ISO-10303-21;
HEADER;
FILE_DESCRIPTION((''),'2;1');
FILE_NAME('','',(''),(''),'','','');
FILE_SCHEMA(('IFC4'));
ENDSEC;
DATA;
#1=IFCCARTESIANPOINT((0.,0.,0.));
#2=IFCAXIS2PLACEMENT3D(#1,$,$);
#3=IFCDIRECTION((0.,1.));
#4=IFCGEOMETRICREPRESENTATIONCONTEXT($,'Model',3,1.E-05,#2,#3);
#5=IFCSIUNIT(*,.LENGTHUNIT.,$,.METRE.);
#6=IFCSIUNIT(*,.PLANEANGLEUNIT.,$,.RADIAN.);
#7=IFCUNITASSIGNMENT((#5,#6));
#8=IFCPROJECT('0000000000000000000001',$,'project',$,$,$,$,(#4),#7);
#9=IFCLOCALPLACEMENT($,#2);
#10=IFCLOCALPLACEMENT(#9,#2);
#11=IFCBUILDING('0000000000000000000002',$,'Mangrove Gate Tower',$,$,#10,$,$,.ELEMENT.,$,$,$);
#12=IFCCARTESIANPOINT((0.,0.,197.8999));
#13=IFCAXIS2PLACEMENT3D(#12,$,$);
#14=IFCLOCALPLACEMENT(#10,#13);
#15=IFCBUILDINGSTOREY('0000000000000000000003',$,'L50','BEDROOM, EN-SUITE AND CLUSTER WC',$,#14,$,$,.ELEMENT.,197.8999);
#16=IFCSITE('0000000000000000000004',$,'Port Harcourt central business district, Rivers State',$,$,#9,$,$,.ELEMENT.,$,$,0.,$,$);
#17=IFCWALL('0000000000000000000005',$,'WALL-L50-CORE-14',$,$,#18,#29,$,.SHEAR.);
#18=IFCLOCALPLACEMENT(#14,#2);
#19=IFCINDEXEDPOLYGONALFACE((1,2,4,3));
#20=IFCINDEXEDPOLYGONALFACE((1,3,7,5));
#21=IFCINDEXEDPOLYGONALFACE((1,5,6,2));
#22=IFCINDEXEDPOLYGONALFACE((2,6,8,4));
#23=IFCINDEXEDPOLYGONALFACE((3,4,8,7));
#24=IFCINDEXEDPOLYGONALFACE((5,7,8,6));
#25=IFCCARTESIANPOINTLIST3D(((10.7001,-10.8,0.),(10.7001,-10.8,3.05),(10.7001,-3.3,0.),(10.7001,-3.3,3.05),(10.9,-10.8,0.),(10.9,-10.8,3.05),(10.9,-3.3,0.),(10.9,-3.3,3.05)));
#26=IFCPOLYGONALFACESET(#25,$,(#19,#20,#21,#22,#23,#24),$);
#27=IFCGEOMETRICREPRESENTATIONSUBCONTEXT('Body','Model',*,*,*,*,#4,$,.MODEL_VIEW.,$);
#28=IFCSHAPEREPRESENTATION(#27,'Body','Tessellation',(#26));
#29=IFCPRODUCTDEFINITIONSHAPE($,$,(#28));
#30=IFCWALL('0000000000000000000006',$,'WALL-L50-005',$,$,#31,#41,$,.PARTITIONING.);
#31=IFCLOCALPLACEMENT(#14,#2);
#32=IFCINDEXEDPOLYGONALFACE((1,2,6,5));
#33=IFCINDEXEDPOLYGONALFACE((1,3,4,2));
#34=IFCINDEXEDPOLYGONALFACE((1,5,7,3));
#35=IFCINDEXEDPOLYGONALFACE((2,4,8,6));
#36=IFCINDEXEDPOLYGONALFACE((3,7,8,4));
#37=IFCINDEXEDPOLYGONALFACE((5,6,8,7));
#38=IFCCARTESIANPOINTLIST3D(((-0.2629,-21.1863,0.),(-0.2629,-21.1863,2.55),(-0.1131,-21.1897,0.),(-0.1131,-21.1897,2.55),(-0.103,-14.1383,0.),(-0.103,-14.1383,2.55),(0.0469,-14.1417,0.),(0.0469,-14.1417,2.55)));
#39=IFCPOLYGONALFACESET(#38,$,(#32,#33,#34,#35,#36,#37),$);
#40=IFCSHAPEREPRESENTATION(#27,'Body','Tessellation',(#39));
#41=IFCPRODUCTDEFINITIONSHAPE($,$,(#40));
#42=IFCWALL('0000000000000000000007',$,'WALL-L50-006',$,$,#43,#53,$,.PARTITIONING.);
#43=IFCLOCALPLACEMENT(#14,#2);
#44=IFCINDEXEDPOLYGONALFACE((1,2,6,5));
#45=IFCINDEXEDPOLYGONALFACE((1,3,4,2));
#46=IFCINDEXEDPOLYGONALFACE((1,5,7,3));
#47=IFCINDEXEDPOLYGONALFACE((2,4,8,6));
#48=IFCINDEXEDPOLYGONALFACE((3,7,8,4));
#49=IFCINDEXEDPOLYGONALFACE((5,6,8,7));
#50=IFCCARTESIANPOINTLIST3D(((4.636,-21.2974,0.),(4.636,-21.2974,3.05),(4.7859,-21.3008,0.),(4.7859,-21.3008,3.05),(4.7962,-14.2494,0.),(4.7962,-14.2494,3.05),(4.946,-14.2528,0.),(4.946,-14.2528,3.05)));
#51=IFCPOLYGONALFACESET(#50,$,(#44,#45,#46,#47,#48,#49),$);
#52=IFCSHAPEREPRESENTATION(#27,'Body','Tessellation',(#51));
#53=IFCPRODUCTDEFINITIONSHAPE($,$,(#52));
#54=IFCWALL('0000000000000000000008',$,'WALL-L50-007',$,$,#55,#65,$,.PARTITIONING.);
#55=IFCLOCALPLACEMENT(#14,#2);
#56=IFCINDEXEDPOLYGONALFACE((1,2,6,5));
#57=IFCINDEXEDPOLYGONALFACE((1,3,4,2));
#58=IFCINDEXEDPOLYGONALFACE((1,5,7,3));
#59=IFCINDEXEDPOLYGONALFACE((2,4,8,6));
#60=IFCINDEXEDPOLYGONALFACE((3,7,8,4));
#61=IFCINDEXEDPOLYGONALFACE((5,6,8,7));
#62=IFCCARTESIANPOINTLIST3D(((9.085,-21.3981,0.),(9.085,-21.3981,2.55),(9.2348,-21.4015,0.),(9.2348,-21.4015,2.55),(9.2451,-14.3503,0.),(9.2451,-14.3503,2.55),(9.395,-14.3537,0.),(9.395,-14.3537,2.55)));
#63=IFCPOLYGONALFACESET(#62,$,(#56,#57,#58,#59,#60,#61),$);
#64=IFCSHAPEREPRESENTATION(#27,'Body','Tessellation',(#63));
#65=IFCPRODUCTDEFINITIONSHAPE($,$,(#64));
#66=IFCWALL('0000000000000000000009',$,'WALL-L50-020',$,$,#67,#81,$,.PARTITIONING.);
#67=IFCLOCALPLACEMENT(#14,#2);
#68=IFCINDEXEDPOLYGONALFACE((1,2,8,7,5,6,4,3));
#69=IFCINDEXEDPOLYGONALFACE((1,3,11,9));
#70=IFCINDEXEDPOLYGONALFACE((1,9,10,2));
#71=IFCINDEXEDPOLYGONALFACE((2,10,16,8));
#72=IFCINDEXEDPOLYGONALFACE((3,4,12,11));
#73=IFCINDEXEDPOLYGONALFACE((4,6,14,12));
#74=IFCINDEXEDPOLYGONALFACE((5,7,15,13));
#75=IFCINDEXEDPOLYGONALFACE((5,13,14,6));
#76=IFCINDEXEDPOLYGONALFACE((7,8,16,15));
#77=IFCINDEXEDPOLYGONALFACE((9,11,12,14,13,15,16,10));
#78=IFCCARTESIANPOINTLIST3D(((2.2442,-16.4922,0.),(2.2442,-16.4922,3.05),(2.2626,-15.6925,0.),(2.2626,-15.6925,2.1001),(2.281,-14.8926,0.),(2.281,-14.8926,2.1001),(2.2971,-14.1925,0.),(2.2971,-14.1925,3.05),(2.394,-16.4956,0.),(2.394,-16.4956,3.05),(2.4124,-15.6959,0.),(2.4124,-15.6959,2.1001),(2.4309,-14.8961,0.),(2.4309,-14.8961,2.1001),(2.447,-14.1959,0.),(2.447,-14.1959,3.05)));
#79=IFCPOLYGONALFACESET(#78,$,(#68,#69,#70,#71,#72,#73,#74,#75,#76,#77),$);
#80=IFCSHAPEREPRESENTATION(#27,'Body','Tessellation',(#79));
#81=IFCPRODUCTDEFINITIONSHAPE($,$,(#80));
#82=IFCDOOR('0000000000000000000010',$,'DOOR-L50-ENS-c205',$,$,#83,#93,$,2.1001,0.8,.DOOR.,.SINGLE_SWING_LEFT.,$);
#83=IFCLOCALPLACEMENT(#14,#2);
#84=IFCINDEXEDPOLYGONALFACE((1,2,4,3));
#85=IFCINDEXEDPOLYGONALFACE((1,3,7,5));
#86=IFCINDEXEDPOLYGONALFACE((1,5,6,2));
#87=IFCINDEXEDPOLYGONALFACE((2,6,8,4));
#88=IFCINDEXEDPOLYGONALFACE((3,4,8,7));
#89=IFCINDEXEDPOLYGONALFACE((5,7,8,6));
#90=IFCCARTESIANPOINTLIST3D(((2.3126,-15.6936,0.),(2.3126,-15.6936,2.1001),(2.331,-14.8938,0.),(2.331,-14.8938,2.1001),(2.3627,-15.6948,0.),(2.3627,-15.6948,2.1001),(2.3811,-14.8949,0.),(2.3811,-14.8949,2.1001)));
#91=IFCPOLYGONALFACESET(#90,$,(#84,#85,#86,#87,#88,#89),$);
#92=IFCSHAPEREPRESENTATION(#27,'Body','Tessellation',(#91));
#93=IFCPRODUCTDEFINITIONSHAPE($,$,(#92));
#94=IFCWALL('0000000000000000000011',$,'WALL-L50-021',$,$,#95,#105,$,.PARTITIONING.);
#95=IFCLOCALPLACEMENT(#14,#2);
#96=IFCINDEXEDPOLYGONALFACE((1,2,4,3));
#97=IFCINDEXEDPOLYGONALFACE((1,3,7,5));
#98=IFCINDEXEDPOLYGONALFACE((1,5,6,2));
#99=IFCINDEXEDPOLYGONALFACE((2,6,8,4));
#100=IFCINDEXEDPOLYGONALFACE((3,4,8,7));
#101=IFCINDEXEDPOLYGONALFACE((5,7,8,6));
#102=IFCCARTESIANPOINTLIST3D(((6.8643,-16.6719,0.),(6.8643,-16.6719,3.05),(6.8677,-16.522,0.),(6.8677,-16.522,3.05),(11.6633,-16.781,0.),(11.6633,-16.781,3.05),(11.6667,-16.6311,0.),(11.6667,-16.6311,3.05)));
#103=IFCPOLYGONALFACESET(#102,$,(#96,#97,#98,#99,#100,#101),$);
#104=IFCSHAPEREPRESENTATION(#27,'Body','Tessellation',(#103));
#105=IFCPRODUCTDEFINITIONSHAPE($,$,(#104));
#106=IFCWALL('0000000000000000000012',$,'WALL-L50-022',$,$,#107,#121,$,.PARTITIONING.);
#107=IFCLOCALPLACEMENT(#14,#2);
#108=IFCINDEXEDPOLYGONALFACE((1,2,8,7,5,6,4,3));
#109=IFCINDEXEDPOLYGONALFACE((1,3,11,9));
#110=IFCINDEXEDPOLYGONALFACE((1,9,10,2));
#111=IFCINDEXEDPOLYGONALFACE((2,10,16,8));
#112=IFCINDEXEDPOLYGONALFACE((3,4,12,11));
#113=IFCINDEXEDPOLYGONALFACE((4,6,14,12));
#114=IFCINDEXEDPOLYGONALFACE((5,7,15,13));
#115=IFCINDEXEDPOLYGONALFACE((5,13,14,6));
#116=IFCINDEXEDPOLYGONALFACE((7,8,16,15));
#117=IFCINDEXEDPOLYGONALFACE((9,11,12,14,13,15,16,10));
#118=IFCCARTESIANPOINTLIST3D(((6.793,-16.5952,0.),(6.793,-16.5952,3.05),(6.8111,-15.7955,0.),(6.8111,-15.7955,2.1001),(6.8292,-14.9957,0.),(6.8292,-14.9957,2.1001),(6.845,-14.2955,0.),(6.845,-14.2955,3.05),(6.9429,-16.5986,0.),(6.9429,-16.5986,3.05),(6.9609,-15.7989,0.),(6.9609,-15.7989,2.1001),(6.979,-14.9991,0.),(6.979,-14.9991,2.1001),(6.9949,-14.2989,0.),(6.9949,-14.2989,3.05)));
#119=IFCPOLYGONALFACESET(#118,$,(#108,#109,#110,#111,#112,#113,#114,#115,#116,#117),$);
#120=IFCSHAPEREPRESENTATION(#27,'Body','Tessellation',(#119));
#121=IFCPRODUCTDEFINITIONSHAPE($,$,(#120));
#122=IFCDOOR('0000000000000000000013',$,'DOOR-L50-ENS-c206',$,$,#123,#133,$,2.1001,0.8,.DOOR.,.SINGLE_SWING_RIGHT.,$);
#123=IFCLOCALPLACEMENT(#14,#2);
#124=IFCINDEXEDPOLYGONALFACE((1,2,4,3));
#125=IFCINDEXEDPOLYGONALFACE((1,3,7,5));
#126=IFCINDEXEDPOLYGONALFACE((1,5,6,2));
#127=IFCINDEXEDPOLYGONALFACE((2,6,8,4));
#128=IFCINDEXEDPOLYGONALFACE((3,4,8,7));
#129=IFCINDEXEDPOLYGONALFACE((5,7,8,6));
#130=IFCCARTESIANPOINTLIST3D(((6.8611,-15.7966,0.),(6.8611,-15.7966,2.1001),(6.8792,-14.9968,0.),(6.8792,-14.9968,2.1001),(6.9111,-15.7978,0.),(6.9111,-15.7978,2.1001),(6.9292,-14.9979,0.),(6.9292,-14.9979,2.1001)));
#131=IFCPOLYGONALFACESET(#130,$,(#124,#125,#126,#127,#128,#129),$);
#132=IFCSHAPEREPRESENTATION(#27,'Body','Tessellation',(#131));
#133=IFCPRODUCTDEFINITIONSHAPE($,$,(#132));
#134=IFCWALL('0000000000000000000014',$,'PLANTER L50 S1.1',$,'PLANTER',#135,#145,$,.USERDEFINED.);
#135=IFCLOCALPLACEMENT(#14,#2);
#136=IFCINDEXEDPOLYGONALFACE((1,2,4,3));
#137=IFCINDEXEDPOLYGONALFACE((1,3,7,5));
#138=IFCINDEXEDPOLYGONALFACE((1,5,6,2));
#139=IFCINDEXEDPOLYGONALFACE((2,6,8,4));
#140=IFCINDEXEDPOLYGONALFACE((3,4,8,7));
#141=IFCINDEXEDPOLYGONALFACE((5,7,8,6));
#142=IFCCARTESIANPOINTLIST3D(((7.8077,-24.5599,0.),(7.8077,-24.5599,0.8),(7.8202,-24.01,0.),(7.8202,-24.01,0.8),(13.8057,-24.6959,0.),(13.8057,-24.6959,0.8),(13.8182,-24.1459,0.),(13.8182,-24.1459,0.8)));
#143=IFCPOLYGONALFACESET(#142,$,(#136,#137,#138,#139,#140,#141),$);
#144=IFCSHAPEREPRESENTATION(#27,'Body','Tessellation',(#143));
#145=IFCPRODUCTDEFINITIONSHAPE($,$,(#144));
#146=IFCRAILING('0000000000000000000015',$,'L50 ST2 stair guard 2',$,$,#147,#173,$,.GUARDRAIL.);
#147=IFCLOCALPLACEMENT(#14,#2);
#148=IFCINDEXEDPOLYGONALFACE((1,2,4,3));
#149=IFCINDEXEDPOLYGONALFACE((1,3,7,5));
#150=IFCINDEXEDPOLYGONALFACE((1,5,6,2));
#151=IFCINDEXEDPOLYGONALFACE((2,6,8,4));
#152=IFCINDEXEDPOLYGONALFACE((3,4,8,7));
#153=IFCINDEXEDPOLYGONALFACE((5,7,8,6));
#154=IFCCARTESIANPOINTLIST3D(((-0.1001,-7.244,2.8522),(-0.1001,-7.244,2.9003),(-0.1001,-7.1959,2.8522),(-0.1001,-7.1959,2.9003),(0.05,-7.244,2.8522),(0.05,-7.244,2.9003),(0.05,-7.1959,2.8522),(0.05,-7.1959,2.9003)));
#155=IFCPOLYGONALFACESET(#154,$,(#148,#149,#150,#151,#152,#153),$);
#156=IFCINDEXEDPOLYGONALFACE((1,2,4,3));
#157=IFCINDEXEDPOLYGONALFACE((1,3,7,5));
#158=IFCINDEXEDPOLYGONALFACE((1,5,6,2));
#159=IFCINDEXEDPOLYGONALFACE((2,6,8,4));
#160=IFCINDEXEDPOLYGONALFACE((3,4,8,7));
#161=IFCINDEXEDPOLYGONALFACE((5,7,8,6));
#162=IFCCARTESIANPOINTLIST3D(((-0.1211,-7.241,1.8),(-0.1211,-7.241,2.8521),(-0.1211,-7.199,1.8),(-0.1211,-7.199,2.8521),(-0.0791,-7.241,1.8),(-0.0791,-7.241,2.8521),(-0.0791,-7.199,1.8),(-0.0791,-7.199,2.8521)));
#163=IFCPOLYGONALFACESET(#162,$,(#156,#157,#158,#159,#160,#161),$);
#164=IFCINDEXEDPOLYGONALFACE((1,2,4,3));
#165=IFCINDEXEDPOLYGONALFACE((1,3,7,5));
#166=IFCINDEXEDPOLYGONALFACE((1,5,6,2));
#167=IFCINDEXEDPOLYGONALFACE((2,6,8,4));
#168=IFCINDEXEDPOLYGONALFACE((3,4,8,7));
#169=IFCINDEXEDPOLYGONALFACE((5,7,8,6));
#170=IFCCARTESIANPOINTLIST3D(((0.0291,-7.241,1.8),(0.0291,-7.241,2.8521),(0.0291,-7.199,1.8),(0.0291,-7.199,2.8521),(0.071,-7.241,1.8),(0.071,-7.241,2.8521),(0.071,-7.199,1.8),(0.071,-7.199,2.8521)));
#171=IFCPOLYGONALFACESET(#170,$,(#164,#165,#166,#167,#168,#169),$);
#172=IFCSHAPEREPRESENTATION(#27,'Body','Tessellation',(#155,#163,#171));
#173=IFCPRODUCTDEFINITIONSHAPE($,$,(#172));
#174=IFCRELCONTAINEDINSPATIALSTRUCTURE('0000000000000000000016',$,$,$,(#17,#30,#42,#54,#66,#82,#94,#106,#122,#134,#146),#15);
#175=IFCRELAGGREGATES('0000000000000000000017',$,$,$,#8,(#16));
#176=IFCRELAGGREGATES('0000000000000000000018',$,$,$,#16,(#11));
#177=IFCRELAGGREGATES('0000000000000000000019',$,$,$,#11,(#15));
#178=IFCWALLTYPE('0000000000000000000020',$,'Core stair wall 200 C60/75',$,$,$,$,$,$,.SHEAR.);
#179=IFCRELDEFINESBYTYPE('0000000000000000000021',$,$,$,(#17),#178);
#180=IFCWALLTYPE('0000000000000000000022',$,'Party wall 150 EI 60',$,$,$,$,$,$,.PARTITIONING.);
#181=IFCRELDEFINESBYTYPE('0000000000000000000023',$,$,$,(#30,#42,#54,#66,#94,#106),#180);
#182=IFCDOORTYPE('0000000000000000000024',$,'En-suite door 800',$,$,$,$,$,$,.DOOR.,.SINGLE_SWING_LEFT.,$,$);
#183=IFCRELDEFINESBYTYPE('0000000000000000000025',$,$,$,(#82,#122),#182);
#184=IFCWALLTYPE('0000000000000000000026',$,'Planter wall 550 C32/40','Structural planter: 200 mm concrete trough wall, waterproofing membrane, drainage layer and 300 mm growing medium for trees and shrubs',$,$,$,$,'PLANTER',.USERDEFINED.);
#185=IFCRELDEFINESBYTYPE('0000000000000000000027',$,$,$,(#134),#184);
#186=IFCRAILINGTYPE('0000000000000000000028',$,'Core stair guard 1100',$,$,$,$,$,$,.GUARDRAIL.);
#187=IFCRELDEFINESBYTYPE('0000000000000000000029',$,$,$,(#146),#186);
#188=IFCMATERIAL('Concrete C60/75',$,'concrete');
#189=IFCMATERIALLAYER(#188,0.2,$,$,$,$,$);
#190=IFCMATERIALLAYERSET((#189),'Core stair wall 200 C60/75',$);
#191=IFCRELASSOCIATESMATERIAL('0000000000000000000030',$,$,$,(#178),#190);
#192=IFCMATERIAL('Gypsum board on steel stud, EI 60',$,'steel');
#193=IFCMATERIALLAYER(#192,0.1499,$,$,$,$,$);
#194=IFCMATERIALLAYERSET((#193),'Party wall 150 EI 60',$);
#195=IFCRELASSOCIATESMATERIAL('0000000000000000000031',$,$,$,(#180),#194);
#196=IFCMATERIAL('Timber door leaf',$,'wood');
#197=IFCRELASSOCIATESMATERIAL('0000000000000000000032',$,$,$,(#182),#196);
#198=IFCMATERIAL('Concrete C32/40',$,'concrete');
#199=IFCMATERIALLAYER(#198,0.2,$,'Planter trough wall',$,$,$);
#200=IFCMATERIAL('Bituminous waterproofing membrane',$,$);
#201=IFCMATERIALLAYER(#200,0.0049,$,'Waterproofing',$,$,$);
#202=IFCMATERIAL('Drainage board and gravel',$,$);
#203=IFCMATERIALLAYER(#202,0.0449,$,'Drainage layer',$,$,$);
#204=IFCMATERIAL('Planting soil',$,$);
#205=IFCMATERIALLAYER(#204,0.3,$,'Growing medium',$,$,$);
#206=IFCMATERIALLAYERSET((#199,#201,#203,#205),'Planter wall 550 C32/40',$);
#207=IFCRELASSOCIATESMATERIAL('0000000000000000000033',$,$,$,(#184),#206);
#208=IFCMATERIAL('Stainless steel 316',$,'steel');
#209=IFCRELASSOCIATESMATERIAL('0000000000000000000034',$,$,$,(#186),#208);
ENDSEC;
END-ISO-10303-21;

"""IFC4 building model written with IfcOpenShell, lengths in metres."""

from ifc_helpers import new_model, si_unit, direction, frame, frame_2d, origin, origin_2d, place, context, subcontext, project, spatial, rectangle, extrude, material, layer, layer_set, type_object, element, fill, save


model = new_model("IFC4")

# Units and contexts
model_context = context("Model", 3, precision=1e-05, world=origin(), true_north=direction((0.0, 1.0)))
body_context = subcontext(model_context, "Body", "Model", "MODEL_VIEW")
ifc_project = project(units=[si_unit("LENGTHUNIT", "METRE"), si_unit("PLANEANGLEUNIT", "RADIAN")], contexts=[model_context])

# Site, building, storey
site_placement = place(None, origin())
site = spatial("IfcSite", under=ifc_project, at=site_placement, Name="Port Harcourt central business district, Rivers State", CompositionType="ELEMENT", RefElevation=0.0)
building_placement = place(site_placement, origin())
building = spatial("IfcBuilding", under=site, at=building_placement, Name="Mangrove Gate Tower", CompositionType="ELEMENT")
storey_placement = place(building_placement, frame((0.0, 0.0, 197.8999)))
storey = spatial("IfcBuildingStorey", under=building, at=storey_placement, Name="L50", Description="BEDROOM, EN-SUITE AND CLUSTER WC", CompositionType="ELEMENT", Elevation=197.8999)

# Shared definitions
ifc_material_1 = material(Name="Concrete C60/75", Category="concrete")
ifc_layer_1 = layer(ifc_material_1, 0.2)
ifc_layer_set_1 = layer_set([ifc_layer_1], Name="Core stair wall 200 C60/75")
wall_type_1 = type_object("IfcWallType", Name="Core stair wall 200 C60/75", PredefinedType="SHEAR", material=ifc_layer_set_1)

# Walls
wall_1_placement = place(storey_placement, frame((10.8, -10.8, 0.0), z_axis=(0.0, 0.0, 1.0), x_axis=(0.0, 1.0, 0.0)))
element("IfcWall", 1, at=wall_1_placement, inside=storey, type_object=wall_type_1, Name="WALL-L50-CORE-14", PredefinedType="SHEAR", context=body_context, shape_type="SweptSolid", body=[
    extrude(rectangle(XDim=7.5, YDim=0.2, at=frame_2d((3.75, 0.0))), origin(), (0.0, 0.0, 1.0), 3.05),
])
ifc_material_2 = material(Name="Gypsum board on steel stud, EI 60", Category="steel")
ifc_layer_2 = layer(ifc_material_2, 0.1499)
ifc_layer_set_2 = layer_set([ifc_layer_2], Name="Party wall 150 EI 60")
wall_type_2 = type_object("IfcWallType", Name="Party wall 150 EI 60", PredefinedType="PARTITIONING", material=ifc_layer_set_2)
wall_2_placement = place(storey_placement, frame((-0.188, -21.188, 0.0), z_axis=(0.0, 0.0, 1.0), x_axis=(0.022683, 0.999743, 0.0)))
element("IfcWall", 2, at=wall_2_placement, inside=storey, type_object=wall_type_2, Name="WALL-L50-005", PredefinedType="PARTITIONING", context=body_context, shape_type="SweptSolid", body=[
    extrude(rectangle(XDim=7.0498, YDim=0.1499, at=frame_2d((3.5249, 0.0))), origin(), (0.0, 0.0, 1.0), 2.55),
])
wall_3_placement = place(storey_placement, frame((4.7109, -21.2991, 0.0), z_axis=(0.0, 0.0, 1.0), x_axis=(0.022717, 0.999742, 0.0)))
element("IfcWall", 3, at=wall_3_placement, inside=storey, type_object=wall_type_2, Name="WALL-L50-006", PredefinedType="PARTITIONING", context=body_context, shape_type="SweptSolid", body=[
    extrude(rectangle(XDim=7.0498, YDim=0.1499, at=frame_2d((3.5249, 0.0))), origin(), (0.0, 0.0, 1.0), 3.05),
])
wall_4_placement = place(storey_placement, frame((9.1599, -21.3999, 0.0), z_axis=(0.0, 0.0, 1.0), x_axis=(0.022718, 0.999742, 0.0)))
element("IfcWall", 4, at=wall_4_placement, inside=storey, type_object=wall_type_2, Name="WALL-L50-007", PredefinedType="PARTITIONING", context=body_context, shape_type="SweptSolid", body=[
    extrude(rectangle(XDim=7.0496, YDim=0.1499, at=frame_2d((3.5249, 0.0))), origin(), (0.0, 0.0, 1.0), 2.55),
])

# Wall, opening, door
wall_5_placement = place(storey_placement, frame((2.3191, -16.4939, 0.0), z_axis=(0.0, 0.0, 1.0), x_axis=(0.02303, 0.999735, 0.0)))
wall_5 = element("IfcWall", 5, at=wall_5_placement, inside=storey, type_object=wall_type_2, Name="WALL-L50-020", PredefinedType="PARTITIONING", context=body_context, shape_type="SweptSolid", body=[
    extrude(rectangle(XDim=2.3003, YDim=0.1499, at=frame_2d((1.1501, 0.0))), origin(), (0.0, 0.0, 1.0), 3.05),
])
opening_1_placement = place(wall_5_placement, frame((0.8, 0.0, 0.0)))
opening_1 = element("IfcOpeningElement", 6, at=opening_1_placement, cuts=wall_5, PredefinedType="OPENING", context=body_context, shape_type="SweptSolid", body=[
    extrude(rectangle(XDim=0.8, YDim=2.1001, at=frame_2d((0.3999, 1.05))), frame((0.0, 0.085, 0.0), z_axis=(0.0, -1.0, 0.0), x_axis=(1.0, 0.0, 0.0)), (0.0, 0.0, 1.0), 0.1699),
])
ifc_material_3 = material(Name="Timber door leaf", Category="wood")
door_type_1 = type_object("IfcDoorType", Name="En-suite door 800", OperationType="SINGLE_SWING_LEFT", PredefinedType="DOOR", material=ifc_material_3)
door_1_placement = place(opening_1_placement, origin())
door_1 = element("IfcDoor", 7, at=door_1_placement, inside=storey, type_object=door_type_1, Name="DOOR-L50-ENS-c205", OperationType="SINGLE_SWING_LEFT", OverallHeight=2.1001, OverallWidth=0.8, PredefinedType="DOOR", context=body_context, shape_type="SweptSolid", body=[
    extrude(rectangle(XDim=0.8, YDim=2.1001, at=frame_2d((0.3999, 1.05))), frame((0.0, 0.0249, 0.0), z_axis=(0.0, -1.0, 0.0), x_axis=(1.0, 0.0, 0.0)), (0.0, 0.0, 1.0), 0.05),
])
fill(opening_1, door_1)

# Wall
wall_6_placement = place(storey_placement, frame((6.866, -16.5969, 0.0), z_axis=(0.0, 0.0, 1.0), x_axis=(0.999742, -0.022734, 0.0)))
element("IfcWall", 8, at=wall_6_placement, inside=storey, type_object=wall_type_2, Name="WALL-L50-021", PredefinedType="PARTITIONING", context=body_context, shape_type="SweptSolid", body=[
    extrude(rectangle(XDim=4.8003, YDim=0.1499, at=frame_2d((2.4001, 0.0))), origin(), (0.0, 0.0, 1.0), 3.05),
])

# Wall, opening, door
wall_7_placement = place(storey_placement, frame((6.8679, -16.5969, 0.0), z_axis=(0.0, 0.0, 1.0), x_axis=(0.022606, 0.999744, 0.0)))
wall_7 = element("IfcWall", 9, at=wall_7_placement, inside=storey, type_object=wall_type_2, Name="WALL-L50-022", PredefinedType="PARTITIONING", context=body_context, shape_type="SweptSolid", body=[
    extrude(rectangle(XDim=2.3003, YDim=0.1499, at=frame_2d((1.1501, 0.0))), origin(), (0.0, 0.0, 1.0), 3.05),
])
opening_2_placement = place(wall_7_placement, frame((0.8, 0.0, 0.0)))
opening_2 = element("IfcOpeningElement", 10, at=opening_2_placement, cuts=wall_7, PredefinedType="OPENING", context=body_context, shape_type="SweptSolid", body=[
    extrude(rectangle(XDim=0.8, YDim=2.1001, at=frame_2d((0.3999, 1.05))), frame((0.0, 0.085, 0.0), z_axis=(0.0, -1.0, 0.0), x_axis=(1.0, 0.0, 0.0)), (0.0, 0.0, 1.0), 0.1699),
])
door_2_placement = place(opening_2_placement, origin())
door_2 = element("IfcDoor", 11, at=door_2_placement, inside=storey, type_object=door_type_1, Name="DOOR-L50-ENS-c206", OperationType="SINGLE_SWING_RIGHT", OverallHeight=2.1001, OverallWidth=0.8, PredefinedType="DOOR", context=body_context, shape_type="SweptSolid", body=[
    extrude(rectangle(XDim=0.8, YDim=2.1001, at=frame_2d((0.3999, 1.05))), frame((0.0, 0.0249, 0.0), z_axis=(0.0, -1.0, 0.0), x_axis=(1.0, 0.0, 0.0)), (0.0, 0.0, 1.0), 0.05),
])
fill(opening_2, door_2)

# Wall
ifc_material_4 = material(Name="Concrete C32/40", Category="concrete")
ifc_layer_3 = layer(ifc_material_4, 0.2, Name="Planter trough wall")
ifc_material_5 = material(Name="Bituminous waterproofing membrane")
ifc_layer_4 = layer(ifc_material_5, 0.0049, Name="Waterproofing")
ifc_material_6 = material(Name="Drainage board and gravel")
ifc_layer_5 = layer(ifc_material_6, 0.0449, Name="Drainage layer")
ifc_material_7 = material(Name="Planting soil")
ifc_layer_6 = layer(ifc_material_7, 0.3, Name="Growing medium")
ifc_layer_set_3 = layer_set([ifc_layer_3, ifc_layer_4, ifc_layer_5, ifc_layer_6], Name="Planter wall 550 C32/40")
wall_type_3 = type_object("IfcWallType", Name="Planter wall 550 C32/40", Description="Structural planter: 200 mm concrete trough wall, waterproofing membrane, drainage layer and 300 mm growing medium for trees and shrubs", ElementType="PLANTER", PredefinedType="USERDEFINED", material=ifc_layer_set_3)
wall_8_placement = place(storey_placement, frame((7.814, -24.2849, 0.0), z_axis=(0.0, 0.0, 1.0), x_axis=(0.999743, -0.022666, 0.0)))
element("IfcWall", 12, at=wall_8_placement, inside=storey, type_object=wall_type_3, Name="PLANTER L50 S1.1", ObjectType="PLANTER", PredefinedType="USERDEFINED", context=body_context, shape_type="SweptSolid", body=[
    extrude(rectangle(XDim=5.9995, YDim=0.55, at=frame_2d((2.9998, 0.0))), origin(), (0.0, 0.0, 1.0), 0.8),
])

# Railing
ifc_material_8 = material(Name="Stainless steel 316", Category="steel")
railing_type = type_object("IfcRailingType", Name="Core stair guard 1100", PredefinedType="GUARDRAIL", material=ifc_material_8)
railing_placement = place(storey_placement, frame((-0.1001, -7.22, 1.8)))
element("IfcRailing", 13, at=railing_placement, inside=storey, type_object=railing_type, Name="L50 ST2 stair guard 2", PredefinedType="GUARDRAIL", context=body_context, shape_type="SweptSolid", body=[
    extrude(rectangle(XDim=0.0481, YDim=0.0481, at=origin_2d()), frame((0.0, 0.0, 1.0762), z_axis=(1.0, 0.0, 0.0), x_axis=(0.0, 1.0, 0.0)), (0.0, 0.0, 1.0), 0.1501),
    extrude(rectangle(XDim=0.042, YDim=0.042, at=origin_2d()), origin(), (0.0, 0.0, 1.0), 1.052),
    extrude(rectangle(XDim=0.042, YDim=0.042, at=origin_2d()), frame((0.1501, 0.0, 0.0)), (0.0, 0.0, 1.0), 1.052),
])

save(model, "model.ifc")
